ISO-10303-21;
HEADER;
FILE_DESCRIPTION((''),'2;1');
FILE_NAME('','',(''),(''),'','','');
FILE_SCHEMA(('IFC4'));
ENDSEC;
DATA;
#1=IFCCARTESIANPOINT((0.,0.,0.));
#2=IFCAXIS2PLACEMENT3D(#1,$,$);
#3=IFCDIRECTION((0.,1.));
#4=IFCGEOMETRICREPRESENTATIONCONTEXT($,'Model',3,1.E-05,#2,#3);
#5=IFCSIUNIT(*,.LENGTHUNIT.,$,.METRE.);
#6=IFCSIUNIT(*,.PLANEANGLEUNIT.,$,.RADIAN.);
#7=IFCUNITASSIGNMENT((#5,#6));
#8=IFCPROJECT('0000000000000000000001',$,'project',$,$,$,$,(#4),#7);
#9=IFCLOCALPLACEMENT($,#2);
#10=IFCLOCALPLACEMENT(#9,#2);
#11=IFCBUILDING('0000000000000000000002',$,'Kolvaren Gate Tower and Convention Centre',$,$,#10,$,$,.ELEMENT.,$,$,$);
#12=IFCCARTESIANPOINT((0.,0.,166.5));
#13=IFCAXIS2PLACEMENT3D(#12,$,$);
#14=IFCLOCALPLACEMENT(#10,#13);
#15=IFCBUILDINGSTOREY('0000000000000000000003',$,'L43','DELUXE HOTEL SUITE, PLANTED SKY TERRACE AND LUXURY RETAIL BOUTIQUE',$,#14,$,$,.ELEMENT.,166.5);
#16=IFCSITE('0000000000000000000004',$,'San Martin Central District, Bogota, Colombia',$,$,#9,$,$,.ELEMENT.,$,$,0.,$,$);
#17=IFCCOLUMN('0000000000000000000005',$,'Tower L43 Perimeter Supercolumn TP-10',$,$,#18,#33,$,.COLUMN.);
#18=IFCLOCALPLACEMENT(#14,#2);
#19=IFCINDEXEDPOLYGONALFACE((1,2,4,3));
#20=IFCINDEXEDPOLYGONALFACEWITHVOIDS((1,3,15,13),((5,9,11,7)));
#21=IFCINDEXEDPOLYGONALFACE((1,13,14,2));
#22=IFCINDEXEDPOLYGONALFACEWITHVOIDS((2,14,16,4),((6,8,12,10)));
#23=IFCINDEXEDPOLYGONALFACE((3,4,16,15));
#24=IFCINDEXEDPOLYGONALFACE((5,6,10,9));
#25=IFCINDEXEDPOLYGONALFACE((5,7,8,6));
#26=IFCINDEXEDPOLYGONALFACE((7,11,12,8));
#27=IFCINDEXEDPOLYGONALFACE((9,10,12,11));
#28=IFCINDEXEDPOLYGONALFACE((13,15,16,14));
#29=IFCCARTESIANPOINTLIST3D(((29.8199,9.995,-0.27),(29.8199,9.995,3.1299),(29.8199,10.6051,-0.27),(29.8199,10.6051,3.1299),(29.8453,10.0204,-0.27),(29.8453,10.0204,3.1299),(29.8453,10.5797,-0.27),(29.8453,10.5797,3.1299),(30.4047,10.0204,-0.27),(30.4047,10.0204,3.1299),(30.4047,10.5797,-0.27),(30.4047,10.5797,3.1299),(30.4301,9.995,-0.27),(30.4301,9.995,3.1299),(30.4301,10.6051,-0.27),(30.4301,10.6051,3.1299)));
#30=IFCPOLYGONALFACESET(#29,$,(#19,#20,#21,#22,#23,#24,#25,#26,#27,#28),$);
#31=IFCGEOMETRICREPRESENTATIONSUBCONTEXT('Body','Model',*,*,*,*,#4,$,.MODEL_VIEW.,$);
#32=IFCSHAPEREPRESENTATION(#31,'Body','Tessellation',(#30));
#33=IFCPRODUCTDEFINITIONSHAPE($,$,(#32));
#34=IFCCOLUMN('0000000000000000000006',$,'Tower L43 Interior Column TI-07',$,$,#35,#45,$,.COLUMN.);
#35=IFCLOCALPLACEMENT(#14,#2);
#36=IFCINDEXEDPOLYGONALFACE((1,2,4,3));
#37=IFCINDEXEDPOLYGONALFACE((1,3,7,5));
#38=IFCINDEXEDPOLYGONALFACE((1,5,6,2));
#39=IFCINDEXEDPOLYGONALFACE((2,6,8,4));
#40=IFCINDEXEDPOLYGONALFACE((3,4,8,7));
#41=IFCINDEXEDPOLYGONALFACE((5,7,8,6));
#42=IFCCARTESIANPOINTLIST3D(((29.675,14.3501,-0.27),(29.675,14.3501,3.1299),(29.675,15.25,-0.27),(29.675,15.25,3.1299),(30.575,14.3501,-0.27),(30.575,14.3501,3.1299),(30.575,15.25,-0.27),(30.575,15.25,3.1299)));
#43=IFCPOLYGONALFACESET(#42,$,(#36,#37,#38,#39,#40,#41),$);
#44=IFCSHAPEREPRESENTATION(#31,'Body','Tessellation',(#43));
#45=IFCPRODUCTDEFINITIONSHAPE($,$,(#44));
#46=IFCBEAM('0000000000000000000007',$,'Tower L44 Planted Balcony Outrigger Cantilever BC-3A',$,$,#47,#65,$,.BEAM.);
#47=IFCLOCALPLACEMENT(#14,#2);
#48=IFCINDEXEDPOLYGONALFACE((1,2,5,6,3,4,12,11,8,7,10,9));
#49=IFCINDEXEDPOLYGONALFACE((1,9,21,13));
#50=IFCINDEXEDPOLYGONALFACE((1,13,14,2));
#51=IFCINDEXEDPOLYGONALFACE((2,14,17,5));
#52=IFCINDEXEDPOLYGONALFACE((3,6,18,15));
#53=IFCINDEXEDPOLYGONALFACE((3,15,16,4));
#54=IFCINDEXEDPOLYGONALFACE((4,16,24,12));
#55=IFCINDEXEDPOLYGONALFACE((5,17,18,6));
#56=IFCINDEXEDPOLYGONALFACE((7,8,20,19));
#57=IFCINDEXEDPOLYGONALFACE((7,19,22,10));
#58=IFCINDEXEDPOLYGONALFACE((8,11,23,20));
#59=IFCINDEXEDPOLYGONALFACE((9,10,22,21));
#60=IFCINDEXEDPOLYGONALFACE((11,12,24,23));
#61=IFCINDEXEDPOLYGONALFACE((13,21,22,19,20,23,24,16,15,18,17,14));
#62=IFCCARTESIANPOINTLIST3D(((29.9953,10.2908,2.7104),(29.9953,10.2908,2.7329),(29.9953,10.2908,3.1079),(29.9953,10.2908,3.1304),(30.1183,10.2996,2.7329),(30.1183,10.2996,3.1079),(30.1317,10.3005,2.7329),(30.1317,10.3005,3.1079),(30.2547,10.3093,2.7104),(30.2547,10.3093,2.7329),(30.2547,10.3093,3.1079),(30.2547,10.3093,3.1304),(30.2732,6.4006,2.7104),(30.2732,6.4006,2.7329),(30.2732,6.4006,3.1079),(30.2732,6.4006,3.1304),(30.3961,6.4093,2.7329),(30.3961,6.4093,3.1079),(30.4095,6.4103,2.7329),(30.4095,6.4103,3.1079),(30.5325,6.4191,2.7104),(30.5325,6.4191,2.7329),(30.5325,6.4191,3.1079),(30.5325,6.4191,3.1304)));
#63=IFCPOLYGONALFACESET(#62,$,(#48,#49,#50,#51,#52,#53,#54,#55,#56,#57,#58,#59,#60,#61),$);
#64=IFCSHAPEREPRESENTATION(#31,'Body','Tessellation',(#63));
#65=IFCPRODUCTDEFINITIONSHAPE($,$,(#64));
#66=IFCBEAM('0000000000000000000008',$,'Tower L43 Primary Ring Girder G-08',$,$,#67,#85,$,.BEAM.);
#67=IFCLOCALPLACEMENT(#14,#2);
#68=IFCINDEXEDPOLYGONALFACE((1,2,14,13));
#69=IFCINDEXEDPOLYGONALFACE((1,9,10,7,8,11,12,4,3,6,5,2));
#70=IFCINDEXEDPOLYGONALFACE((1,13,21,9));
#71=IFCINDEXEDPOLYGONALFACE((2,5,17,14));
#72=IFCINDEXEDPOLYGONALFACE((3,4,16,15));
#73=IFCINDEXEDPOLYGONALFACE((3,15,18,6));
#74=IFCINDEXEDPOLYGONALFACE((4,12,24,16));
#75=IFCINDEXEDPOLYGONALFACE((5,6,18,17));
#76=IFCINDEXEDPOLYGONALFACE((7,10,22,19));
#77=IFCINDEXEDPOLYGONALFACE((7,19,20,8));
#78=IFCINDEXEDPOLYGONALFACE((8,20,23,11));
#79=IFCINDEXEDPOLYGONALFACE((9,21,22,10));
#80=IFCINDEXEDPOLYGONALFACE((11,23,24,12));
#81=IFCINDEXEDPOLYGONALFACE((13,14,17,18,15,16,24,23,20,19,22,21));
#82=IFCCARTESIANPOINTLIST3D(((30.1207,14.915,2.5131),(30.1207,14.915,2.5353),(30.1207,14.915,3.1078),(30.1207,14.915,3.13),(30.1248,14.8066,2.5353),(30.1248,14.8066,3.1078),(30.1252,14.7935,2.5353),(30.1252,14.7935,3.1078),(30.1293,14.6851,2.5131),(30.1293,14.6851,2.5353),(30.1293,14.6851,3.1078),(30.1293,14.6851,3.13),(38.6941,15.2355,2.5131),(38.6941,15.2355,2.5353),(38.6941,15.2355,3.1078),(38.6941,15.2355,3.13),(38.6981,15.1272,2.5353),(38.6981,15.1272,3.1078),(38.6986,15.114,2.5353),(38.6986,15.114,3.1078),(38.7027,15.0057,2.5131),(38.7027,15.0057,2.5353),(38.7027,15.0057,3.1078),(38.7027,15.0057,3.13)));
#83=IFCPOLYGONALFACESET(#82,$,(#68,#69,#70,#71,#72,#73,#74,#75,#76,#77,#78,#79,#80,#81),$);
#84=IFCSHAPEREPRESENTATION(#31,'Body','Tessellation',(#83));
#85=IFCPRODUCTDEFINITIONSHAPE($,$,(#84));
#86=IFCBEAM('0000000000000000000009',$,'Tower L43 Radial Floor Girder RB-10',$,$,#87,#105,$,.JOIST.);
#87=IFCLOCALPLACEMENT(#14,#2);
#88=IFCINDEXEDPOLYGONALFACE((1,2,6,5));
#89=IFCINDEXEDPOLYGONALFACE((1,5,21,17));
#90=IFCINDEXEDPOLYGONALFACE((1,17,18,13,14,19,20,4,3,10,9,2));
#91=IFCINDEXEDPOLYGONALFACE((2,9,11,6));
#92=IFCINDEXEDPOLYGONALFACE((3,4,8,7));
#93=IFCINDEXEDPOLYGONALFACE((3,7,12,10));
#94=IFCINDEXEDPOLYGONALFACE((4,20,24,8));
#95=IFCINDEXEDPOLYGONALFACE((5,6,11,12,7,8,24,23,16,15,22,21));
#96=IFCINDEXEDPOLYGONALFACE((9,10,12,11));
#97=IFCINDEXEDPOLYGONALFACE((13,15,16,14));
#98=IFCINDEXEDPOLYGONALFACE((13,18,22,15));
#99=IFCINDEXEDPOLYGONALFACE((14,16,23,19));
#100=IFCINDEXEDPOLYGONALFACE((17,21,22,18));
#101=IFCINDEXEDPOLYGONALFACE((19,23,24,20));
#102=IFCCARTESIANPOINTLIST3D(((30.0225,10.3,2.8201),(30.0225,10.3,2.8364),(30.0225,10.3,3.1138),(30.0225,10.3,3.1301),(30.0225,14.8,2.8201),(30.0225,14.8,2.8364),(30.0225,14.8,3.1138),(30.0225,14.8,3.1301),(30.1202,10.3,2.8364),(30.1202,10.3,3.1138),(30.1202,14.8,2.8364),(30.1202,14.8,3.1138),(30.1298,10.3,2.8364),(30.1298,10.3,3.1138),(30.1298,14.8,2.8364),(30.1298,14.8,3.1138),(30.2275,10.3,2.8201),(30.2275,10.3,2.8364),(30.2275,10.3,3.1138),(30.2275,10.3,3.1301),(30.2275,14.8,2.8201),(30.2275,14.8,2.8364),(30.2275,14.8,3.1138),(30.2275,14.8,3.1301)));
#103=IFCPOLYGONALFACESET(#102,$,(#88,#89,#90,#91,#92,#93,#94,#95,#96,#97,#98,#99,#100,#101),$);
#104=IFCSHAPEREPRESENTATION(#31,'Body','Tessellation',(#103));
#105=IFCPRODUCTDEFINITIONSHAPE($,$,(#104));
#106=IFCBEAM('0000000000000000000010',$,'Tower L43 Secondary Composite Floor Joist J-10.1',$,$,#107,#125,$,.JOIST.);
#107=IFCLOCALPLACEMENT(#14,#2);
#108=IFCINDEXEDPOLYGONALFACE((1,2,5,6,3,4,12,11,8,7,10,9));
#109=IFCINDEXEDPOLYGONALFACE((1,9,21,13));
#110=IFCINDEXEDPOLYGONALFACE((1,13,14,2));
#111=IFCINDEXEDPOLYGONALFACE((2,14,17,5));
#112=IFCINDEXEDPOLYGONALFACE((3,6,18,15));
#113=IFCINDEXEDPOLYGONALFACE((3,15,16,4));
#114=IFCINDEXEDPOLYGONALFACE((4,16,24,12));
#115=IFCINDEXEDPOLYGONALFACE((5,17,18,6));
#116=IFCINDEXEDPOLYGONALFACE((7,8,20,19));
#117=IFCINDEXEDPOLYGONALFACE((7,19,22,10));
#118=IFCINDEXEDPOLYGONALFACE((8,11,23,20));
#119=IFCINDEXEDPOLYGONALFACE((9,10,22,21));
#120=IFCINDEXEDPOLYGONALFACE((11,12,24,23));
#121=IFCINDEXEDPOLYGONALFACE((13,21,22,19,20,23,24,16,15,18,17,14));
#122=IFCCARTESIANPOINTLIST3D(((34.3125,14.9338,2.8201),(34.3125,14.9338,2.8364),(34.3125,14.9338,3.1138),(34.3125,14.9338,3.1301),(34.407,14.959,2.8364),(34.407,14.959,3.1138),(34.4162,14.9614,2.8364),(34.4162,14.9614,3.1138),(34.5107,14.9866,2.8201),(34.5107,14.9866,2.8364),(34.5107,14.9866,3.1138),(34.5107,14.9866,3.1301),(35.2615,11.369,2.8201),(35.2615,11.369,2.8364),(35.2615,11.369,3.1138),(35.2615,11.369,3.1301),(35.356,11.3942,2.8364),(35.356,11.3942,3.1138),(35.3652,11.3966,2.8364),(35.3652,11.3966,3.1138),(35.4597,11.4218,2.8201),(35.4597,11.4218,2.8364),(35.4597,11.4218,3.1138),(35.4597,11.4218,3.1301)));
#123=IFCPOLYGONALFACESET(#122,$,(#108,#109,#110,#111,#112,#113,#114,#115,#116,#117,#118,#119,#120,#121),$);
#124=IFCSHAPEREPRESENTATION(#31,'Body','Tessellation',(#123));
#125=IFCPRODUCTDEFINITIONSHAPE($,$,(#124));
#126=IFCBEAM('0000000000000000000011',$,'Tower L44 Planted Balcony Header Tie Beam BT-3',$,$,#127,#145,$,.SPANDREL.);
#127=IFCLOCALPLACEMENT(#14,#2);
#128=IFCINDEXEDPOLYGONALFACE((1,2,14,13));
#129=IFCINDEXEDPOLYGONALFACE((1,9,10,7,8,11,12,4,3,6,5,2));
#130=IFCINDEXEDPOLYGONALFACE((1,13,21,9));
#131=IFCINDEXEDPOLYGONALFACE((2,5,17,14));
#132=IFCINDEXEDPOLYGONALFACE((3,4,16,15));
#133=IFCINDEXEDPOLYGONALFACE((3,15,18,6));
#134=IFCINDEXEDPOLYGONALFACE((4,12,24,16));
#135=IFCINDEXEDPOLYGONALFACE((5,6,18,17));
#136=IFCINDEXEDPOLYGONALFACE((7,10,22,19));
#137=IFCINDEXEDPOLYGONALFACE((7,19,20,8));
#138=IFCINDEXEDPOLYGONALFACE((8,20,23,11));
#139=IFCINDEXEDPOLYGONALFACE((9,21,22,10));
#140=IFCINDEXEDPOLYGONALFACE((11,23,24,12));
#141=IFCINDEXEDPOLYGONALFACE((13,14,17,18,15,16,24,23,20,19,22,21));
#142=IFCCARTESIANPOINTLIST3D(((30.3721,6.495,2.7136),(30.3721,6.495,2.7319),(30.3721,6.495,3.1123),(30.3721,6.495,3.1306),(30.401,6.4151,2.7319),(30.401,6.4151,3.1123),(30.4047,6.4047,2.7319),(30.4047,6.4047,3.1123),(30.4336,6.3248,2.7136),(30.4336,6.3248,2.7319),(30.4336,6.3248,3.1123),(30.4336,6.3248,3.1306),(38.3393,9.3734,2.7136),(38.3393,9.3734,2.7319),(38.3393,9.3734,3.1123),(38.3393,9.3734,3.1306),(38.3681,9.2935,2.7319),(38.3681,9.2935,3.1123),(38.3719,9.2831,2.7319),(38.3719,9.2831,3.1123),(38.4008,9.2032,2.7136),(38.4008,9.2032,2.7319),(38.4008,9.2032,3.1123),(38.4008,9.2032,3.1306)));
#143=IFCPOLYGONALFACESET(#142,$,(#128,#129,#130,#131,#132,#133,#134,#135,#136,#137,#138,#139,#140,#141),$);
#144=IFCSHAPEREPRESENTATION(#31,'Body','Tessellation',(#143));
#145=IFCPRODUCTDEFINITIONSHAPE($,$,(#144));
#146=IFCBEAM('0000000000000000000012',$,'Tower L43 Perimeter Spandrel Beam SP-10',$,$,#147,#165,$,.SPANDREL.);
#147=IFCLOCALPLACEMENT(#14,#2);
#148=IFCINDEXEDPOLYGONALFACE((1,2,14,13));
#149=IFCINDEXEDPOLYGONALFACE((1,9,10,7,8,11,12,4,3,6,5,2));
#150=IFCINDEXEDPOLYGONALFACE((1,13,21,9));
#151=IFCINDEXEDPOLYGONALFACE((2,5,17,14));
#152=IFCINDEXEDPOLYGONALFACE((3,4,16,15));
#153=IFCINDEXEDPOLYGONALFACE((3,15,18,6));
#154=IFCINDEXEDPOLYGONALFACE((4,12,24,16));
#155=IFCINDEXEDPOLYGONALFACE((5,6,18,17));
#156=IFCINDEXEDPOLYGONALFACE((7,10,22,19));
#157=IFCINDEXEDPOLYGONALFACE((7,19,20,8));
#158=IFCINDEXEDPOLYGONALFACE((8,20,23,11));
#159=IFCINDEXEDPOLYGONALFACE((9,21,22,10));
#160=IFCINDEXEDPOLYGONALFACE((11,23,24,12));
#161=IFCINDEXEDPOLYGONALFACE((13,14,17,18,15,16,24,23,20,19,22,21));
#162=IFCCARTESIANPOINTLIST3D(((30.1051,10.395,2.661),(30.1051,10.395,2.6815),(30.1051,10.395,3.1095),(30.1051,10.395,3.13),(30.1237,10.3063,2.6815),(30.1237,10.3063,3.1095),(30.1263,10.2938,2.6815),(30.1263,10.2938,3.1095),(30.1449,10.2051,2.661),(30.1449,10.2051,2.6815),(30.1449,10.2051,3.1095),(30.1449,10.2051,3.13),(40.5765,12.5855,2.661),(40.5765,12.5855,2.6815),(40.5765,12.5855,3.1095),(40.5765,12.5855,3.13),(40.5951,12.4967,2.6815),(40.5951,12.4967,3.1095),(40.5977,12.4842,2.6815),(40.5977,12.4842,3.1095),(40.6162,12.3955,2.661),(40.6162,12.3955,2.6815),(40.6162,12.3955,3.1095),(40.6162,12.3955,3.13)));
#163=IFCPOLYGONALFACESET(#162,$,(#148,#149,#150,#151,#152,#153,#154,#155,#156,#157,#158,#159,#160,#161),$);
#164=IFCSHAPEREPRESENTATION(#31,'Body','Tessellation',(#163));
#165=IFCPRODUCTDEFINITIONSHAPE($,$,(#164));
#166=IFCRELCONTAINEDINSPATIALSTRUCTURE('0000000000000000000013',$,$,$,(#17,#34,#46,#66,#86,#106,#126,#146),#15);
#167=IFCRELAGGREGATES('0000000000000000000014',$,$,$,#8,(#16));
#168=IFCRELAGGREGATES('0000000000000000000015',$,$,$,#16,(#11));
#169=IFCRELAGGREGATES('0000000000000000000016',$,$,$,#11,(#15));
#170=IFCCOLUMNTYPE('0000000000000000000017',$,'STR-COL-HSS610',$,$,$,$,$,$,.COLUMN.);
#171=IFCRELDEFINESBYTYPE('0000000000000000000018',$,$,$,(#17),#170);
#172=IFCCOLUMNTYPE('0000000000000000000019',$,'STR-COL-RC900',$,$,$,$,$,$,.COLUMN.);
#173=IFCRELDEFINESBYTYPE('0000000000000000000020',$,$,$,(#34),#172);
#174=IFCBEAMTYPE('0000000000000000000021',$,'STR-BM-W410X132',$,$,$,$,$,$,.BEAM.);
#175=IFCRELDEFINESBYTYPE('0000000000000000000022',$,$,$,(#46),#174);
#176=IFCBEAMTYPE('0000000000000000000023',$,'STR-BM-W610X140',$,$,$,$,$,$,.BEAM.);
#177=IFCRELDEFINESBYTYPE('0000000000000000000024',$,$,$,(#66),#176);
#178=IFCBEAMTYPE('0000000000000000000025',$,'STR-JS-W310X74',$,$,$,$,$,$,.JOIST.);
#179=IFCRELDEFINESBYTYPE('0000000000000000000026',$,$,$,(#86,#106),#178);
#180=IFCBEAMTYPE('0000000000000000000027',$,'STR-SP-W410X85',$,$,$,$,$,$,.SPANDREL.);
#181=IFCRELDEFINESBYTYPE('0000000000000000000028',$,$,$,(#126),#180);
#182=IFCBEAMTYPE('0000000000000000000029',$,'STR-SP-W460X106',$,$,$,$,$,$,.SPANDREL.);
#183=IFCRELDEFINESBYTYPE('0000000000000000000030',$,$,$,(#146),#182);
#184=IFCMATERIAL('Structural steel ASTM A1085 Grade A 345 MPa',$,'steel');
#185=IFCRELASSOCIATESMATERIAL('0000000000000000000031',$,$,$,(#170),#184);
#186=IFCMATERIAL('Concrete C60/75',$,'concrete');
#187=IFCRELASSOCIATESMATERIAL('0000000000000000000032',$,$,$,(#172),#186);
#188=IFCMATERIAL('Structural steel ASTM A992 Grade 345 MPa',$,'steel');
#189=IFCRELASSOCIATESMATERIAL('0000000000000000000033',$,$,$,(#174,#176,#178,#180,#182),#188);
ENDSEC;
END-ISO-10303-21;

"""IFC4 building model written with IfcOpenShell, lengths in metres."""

from ifc_helpers import new_model, si_unit, direction, frame, origin, origin_2d, place, context, subcontext, project, spatial, rectangle, hollow_rectangle, i_section, extrude, material, material_profile, profile_set, type_object, element, save


model = new_model("IFC4")

# Units and contexts
model_context = context("Model", 3, precision=1e-05, world=origin(), true_north=direction((0.0, 1.0)))
body_context = subcontext(model_context, "Body", "Model", "MODEL_VIEW")
ifc_project = project(units=[si_unit("LENGTHUNIT", "METRE"), si_unit("PLANEANGLEUNIT", "RADIAN")], contexts=[model_context])

# Site, building, storey
site_placement = place(None, origin())
site = spatial("IfcSite", under=ifc_project, at=site_placement, Name="San Martin Central District, Bogota, Colombia", CompositionType="ELEMENT", RefElevation=0.0)
building_placement = place(site_placement, origin())
building = spatial("IfcBuilding", under=site, at=building_placement, Name="Kolvaren Gate Tower and Convention Centre", CompositionType="ELEMENT")
storey_placement = place(building_placement, frame((0.0, 0.0, 166.5)))
storey = spatial("IfcBuildingStorey", under=building, at=storey_placement, Name="L43", Description="DELUXE HOTEL SUITE, PLANTED SKY TERRACE AND LUXURY RETAIL BOUTIQUE", CompositionType="ELEMENT", Elevation=166.5)

# Columns
ifc_material_1 = material(Name="Structural steel ASTM A1085 Grade A 345 MPa", Category="steel")
ifc_material_profile_1 = material_profile(ifc_material_1, hollow_rectangle(XDim=0.6101, YDim=0.6101, WallThickness=0.0254, at=origin_2d()), Name="HSS610X610X25.4")
ifc_profile_set_1 = profile_set([ifc_material_profile_1], Name="Structural steel ASTM A1085 Grade A 345 MPa")
column_type_1 = type_object("IfcColumnType", Name="STR-COL-HSS610", PredefinedType="COLUMN", material=ifc_profile_set_1)
column_1_placement = place(storey_placement, frame((30.125, 10.3, -0.27), z_axis=(0.0, 0.0, 1.0), x_axis=(1.0, 0.0, 0.0)))
element("IfcColumn", 1, at=column_1_placement, inside=storey, type_object=column_type_1, Name="Tower L43 Perimeter Supercolumn TP-10", PredefinedType="COLUMN", context=body_context, shape_type="SweptSolid", body=[
    extrude(hollow_rectangle(XDim=0.6101, YDim=0.6101, WallThickness=0.0254, at=origin_2d()), origin(), (0.0, 0.0, 1.0), 3.3999),
])
ifc_material_2 = material(Name="Concrete C60/75", Category="concrete")
ifc_material_profile_2 = material_profile(ifc_material_2, rectangle(XDim=0.8999, YDim=0.8999, at=origin_2d()), Name="RC-COL-900X900")
ifc_profile_set_2 = profile_set([ifc_material_profile_2], Name="Concrete C60/75")
column_type_2 = type_object("IfcColumnType", Name="STR-COL-RC900", PredefinedType="COLUMN", material=ifc_profile_set_2)
column_2_placement = place(storey_placement, frame((30.125, 14.8, -0.27), z_axis=(0.0, 0.0, 1.0), x_axis=(1.0, 0.0, 0.0)))
element("IfcColumn", 2, at=column_2_placement, inside=storey, type_object=column_type_2, Name="Tower L43 Interior Column TI-07", PredefinedType="COLUMN", context=body_context, shape_type="SweptSolid", body=[
    extrude(rectangle(XDim=0.8999, YDim=0.8999, at=origin_2d()), origin(), (0.0, 0.0, 1.0), 3.3999),
])

# Beams
ifc_material_3 = material(Name="Structural steel ASTM A992 Grade 345 MPa", Category="steel")
ifc_material_profile_3 = material_profile(ifc_material_3, i_section(OverallWidth=0.26, OverallDepth=0.4199, WebThickness=0.0134, FlangeThickness=0.0225, at=origin_2d()), Name="W410X132")
ifc_profile_set_3 = profile_set([ifc_material_profile_3], Name="Structural steel ASTM A992 Grade 345 MPa")
beam_type_1 = type_object("IfcBeamType", Name="STR-BM-W410X132", PredefinedType="BEAM", material=ifc_profile_set_3)
beam_1_placement = place(storey_placement, frame((30.125, 10.3, 2.9204), z_axis=(0.071238, -0.997459, 0.0), x_axis=(0.997459, 0.071238, 0.0)))
element("IfcBeam", 3, at=beam_1_placement, inside=storey, type_object=beam_type_1, Name="Tower L44 Planted Balcony Outrigger Cantilever BC-3A", PredefinedType="BEAM", context=body_context, shape_type="SweptSolid", body=[
    extrude(i_section(OverallWidth=0.26, OverallDepth=0.4199, WebThickness=0.0134, FlangeThickness=0.0225, at=origin_2d()), origin(), (0.0, 0.0, 1.0), 3.9001),
])
ifc_material_profile_4 = material_profile(ifc_material_3, i_section(OverallWidth=0.23, OverallDepth=0.6169, WebThickness=0.0132, FlangeThickness=0.0222, at=origin_2d()), Name="W610X140")
ifc_profile_set_4 = profile_set([ifc_material_profile_4], Name="Structural steel ASTM A992 Grade 345 MPa")
beam_type_2 = type_object("IfcBeamType", Name="STR-BM-W610X140", PredefinedType="BEAM", material=ifc_profile_set_4)
beam_2_placement = place(storey_placement, frame((30.125, 14.8, 2.8215), z_axis=(0.999302, 0.037364, 0.0), x_axis=(-0.037364, 0.999302, 0.0)))
element("IfcBeam", 4, at=beam_2_placement, inside=storey, type_object=beam_type_2, Name="Tower L43 Primary Ring Girder G-08", PredefinedType="BEAM", context=body_context, shape_type="SweptSolid", body=[
    extrude(i_section(OverallWidth=0.23, OverallDepth=0.6169, WebThickness=0.0132, FlangeThickness=0.0222, at=origin_2d()), origin(), (0.0, 0.0, 1.0), 8.5793),
])
ifc_material_profile_5 = material_profile(ifc_material_3, i_section(OverallWidth=0.2051, OverallDepth=0.3101, WebThickness=0.0095, FlangeThickness=0.0164, at=origin_2d()), Name="W310X74")
ifc_profile_set_5 = profile_set([ifc_material_profile_5], Name="Structural steel ASTM A992 Grade 345 MPa")
beam_type_3 = type_object("IfcBeamType", Name="STR-JS-W310X74", PredefinedType="JOIST", material=ifc_profile_set_5)
beam_3_placement = place(storey_placement, frame((30.125, 14.8, 2.9751), z_axis=(0.0, -1.0, 0.0), x_axis=(1.0, 0.0, 0.0)))
element("IfcBeam", 5, at=beam_3_placement, inside=storey, type_object=beam_type_3, Name="Tower L43 Radial Floor Girder RB-10", PredefinedType="JOIST", context=body_context, shape_type="SweptSolid", body=[
    extrude(i_section(OverallWidth=0.2051, OverallDepth=0.3101, WebThickness=0.0095, FlangeThickness=0.0164, at=origin_2d()), origin(), (0.0, 0.0, 1.0), 4.5),
])
beam_4_placement = place(storey_placement, frame((34.4116, 14.9602, 2.9751), z_axis=(0.257238, -0.966348, 0.0), x_axis=(0.966348, 0.257238, 0.0)))
element("IfcBeam", 6, at=beam_4_placement, inside=storey, type_object=beam_type_3, Name="Tower L43 Secondary Composite Floor Joist J-10.1", PredefinedType="JOIST", context=body_context, shape_type="SweptSolid", body=[
    extrude(i_section(OverallWidth=0.2051, OverallDepth=0.3101, WebThickness=0.0095, FlangeThickness=0.0164, at=origin_2d()), origin(), (0.0, 0.0, 1.0), 3.689),
])
ifc_material_profile_6 = material_profile(ifc_material_3, i_section(OverallWidth=0.1809, OverallDepth=0.417, WebThickness=0.011, FlangeThickness=0.0183, at=origin_2d()), Name="W410X85")
ifc_profile_set_6 = profile_set([ifc_material_profile_6], Name="Structural steel ASTM A992 Grade 345 MPa")
beam_type_4 = type_object("IfcBeamType", Name="STR-SP-W410X85", PredefinedType="SPANDREL", material=ifc_profile_set_6)
beam_5_placement = place(storey_placement, frame((30.4028, 6.4099, 2.9221), z_axis=(0.940503, 0.339785, 0.0), x_axis=(-0.339785, 0.940503, 0.0)))
element("IfcBeam", 7, at=beam_5_placement, inside=storey, type_object=beam_type_4, Name="Tower L44 Planted Balcony Header Tie Beam BT-3", PredefinedType="SPANDREL", context=body_context, shape_type="SweptSolid", body=[
    extrude(i_section(OverallWidth=0.1809, OverallDepth=0.417, WebThickness=0.011, FlangeThickness=0.0183, at=origin_2d()), origin(), (0.0, 0.0, 1.0), 8.4712),
])
ifc_material_profile_7 = material_profile(ifc_material_3, i_section(OverallWidth=0.1941, OverallDepth=0.469, WebThickness=0.0127, FlangeThickness=0.0205, at=origin_2d()), Name="W460X106")
ifc_profile_set_7 = profile_set([ifc_material_profile_7], Name="Structural steel ASTM A992 Grade 345 MPa")
beam_type_5 = type_object("IfcBeamType", Name="STR-SP-W460X106", PredefinedType="SPANDREL", material=ifc_profile_set_7)
beam_6_placement = place(storey_placement, frame((30.125, 10.3, 2.8955), z_axis=(0.978814, 0.20475, 0.0), x_axis=(-0.20475, 0.978814, 0.0)))
element("IfcBeam", 8, at=beam_6_placement, inside=storey, type_object=beam_type_5, Name="Tower L43 Perimeter Spandrel Beam SP-10", PredefinedType="SPANDREL", context=body_context, shape_type="SweptSolid", body=[
    extrude(i_section(OverallWidth=0.1941, OverallDepth=0.469, WebThickness=0.0127, FlangeThickness=0.0205, at=origin_2d()), origin(), (0.0, 0.0, 1.0), 10.698),
])

save(model, "model.ifc")
